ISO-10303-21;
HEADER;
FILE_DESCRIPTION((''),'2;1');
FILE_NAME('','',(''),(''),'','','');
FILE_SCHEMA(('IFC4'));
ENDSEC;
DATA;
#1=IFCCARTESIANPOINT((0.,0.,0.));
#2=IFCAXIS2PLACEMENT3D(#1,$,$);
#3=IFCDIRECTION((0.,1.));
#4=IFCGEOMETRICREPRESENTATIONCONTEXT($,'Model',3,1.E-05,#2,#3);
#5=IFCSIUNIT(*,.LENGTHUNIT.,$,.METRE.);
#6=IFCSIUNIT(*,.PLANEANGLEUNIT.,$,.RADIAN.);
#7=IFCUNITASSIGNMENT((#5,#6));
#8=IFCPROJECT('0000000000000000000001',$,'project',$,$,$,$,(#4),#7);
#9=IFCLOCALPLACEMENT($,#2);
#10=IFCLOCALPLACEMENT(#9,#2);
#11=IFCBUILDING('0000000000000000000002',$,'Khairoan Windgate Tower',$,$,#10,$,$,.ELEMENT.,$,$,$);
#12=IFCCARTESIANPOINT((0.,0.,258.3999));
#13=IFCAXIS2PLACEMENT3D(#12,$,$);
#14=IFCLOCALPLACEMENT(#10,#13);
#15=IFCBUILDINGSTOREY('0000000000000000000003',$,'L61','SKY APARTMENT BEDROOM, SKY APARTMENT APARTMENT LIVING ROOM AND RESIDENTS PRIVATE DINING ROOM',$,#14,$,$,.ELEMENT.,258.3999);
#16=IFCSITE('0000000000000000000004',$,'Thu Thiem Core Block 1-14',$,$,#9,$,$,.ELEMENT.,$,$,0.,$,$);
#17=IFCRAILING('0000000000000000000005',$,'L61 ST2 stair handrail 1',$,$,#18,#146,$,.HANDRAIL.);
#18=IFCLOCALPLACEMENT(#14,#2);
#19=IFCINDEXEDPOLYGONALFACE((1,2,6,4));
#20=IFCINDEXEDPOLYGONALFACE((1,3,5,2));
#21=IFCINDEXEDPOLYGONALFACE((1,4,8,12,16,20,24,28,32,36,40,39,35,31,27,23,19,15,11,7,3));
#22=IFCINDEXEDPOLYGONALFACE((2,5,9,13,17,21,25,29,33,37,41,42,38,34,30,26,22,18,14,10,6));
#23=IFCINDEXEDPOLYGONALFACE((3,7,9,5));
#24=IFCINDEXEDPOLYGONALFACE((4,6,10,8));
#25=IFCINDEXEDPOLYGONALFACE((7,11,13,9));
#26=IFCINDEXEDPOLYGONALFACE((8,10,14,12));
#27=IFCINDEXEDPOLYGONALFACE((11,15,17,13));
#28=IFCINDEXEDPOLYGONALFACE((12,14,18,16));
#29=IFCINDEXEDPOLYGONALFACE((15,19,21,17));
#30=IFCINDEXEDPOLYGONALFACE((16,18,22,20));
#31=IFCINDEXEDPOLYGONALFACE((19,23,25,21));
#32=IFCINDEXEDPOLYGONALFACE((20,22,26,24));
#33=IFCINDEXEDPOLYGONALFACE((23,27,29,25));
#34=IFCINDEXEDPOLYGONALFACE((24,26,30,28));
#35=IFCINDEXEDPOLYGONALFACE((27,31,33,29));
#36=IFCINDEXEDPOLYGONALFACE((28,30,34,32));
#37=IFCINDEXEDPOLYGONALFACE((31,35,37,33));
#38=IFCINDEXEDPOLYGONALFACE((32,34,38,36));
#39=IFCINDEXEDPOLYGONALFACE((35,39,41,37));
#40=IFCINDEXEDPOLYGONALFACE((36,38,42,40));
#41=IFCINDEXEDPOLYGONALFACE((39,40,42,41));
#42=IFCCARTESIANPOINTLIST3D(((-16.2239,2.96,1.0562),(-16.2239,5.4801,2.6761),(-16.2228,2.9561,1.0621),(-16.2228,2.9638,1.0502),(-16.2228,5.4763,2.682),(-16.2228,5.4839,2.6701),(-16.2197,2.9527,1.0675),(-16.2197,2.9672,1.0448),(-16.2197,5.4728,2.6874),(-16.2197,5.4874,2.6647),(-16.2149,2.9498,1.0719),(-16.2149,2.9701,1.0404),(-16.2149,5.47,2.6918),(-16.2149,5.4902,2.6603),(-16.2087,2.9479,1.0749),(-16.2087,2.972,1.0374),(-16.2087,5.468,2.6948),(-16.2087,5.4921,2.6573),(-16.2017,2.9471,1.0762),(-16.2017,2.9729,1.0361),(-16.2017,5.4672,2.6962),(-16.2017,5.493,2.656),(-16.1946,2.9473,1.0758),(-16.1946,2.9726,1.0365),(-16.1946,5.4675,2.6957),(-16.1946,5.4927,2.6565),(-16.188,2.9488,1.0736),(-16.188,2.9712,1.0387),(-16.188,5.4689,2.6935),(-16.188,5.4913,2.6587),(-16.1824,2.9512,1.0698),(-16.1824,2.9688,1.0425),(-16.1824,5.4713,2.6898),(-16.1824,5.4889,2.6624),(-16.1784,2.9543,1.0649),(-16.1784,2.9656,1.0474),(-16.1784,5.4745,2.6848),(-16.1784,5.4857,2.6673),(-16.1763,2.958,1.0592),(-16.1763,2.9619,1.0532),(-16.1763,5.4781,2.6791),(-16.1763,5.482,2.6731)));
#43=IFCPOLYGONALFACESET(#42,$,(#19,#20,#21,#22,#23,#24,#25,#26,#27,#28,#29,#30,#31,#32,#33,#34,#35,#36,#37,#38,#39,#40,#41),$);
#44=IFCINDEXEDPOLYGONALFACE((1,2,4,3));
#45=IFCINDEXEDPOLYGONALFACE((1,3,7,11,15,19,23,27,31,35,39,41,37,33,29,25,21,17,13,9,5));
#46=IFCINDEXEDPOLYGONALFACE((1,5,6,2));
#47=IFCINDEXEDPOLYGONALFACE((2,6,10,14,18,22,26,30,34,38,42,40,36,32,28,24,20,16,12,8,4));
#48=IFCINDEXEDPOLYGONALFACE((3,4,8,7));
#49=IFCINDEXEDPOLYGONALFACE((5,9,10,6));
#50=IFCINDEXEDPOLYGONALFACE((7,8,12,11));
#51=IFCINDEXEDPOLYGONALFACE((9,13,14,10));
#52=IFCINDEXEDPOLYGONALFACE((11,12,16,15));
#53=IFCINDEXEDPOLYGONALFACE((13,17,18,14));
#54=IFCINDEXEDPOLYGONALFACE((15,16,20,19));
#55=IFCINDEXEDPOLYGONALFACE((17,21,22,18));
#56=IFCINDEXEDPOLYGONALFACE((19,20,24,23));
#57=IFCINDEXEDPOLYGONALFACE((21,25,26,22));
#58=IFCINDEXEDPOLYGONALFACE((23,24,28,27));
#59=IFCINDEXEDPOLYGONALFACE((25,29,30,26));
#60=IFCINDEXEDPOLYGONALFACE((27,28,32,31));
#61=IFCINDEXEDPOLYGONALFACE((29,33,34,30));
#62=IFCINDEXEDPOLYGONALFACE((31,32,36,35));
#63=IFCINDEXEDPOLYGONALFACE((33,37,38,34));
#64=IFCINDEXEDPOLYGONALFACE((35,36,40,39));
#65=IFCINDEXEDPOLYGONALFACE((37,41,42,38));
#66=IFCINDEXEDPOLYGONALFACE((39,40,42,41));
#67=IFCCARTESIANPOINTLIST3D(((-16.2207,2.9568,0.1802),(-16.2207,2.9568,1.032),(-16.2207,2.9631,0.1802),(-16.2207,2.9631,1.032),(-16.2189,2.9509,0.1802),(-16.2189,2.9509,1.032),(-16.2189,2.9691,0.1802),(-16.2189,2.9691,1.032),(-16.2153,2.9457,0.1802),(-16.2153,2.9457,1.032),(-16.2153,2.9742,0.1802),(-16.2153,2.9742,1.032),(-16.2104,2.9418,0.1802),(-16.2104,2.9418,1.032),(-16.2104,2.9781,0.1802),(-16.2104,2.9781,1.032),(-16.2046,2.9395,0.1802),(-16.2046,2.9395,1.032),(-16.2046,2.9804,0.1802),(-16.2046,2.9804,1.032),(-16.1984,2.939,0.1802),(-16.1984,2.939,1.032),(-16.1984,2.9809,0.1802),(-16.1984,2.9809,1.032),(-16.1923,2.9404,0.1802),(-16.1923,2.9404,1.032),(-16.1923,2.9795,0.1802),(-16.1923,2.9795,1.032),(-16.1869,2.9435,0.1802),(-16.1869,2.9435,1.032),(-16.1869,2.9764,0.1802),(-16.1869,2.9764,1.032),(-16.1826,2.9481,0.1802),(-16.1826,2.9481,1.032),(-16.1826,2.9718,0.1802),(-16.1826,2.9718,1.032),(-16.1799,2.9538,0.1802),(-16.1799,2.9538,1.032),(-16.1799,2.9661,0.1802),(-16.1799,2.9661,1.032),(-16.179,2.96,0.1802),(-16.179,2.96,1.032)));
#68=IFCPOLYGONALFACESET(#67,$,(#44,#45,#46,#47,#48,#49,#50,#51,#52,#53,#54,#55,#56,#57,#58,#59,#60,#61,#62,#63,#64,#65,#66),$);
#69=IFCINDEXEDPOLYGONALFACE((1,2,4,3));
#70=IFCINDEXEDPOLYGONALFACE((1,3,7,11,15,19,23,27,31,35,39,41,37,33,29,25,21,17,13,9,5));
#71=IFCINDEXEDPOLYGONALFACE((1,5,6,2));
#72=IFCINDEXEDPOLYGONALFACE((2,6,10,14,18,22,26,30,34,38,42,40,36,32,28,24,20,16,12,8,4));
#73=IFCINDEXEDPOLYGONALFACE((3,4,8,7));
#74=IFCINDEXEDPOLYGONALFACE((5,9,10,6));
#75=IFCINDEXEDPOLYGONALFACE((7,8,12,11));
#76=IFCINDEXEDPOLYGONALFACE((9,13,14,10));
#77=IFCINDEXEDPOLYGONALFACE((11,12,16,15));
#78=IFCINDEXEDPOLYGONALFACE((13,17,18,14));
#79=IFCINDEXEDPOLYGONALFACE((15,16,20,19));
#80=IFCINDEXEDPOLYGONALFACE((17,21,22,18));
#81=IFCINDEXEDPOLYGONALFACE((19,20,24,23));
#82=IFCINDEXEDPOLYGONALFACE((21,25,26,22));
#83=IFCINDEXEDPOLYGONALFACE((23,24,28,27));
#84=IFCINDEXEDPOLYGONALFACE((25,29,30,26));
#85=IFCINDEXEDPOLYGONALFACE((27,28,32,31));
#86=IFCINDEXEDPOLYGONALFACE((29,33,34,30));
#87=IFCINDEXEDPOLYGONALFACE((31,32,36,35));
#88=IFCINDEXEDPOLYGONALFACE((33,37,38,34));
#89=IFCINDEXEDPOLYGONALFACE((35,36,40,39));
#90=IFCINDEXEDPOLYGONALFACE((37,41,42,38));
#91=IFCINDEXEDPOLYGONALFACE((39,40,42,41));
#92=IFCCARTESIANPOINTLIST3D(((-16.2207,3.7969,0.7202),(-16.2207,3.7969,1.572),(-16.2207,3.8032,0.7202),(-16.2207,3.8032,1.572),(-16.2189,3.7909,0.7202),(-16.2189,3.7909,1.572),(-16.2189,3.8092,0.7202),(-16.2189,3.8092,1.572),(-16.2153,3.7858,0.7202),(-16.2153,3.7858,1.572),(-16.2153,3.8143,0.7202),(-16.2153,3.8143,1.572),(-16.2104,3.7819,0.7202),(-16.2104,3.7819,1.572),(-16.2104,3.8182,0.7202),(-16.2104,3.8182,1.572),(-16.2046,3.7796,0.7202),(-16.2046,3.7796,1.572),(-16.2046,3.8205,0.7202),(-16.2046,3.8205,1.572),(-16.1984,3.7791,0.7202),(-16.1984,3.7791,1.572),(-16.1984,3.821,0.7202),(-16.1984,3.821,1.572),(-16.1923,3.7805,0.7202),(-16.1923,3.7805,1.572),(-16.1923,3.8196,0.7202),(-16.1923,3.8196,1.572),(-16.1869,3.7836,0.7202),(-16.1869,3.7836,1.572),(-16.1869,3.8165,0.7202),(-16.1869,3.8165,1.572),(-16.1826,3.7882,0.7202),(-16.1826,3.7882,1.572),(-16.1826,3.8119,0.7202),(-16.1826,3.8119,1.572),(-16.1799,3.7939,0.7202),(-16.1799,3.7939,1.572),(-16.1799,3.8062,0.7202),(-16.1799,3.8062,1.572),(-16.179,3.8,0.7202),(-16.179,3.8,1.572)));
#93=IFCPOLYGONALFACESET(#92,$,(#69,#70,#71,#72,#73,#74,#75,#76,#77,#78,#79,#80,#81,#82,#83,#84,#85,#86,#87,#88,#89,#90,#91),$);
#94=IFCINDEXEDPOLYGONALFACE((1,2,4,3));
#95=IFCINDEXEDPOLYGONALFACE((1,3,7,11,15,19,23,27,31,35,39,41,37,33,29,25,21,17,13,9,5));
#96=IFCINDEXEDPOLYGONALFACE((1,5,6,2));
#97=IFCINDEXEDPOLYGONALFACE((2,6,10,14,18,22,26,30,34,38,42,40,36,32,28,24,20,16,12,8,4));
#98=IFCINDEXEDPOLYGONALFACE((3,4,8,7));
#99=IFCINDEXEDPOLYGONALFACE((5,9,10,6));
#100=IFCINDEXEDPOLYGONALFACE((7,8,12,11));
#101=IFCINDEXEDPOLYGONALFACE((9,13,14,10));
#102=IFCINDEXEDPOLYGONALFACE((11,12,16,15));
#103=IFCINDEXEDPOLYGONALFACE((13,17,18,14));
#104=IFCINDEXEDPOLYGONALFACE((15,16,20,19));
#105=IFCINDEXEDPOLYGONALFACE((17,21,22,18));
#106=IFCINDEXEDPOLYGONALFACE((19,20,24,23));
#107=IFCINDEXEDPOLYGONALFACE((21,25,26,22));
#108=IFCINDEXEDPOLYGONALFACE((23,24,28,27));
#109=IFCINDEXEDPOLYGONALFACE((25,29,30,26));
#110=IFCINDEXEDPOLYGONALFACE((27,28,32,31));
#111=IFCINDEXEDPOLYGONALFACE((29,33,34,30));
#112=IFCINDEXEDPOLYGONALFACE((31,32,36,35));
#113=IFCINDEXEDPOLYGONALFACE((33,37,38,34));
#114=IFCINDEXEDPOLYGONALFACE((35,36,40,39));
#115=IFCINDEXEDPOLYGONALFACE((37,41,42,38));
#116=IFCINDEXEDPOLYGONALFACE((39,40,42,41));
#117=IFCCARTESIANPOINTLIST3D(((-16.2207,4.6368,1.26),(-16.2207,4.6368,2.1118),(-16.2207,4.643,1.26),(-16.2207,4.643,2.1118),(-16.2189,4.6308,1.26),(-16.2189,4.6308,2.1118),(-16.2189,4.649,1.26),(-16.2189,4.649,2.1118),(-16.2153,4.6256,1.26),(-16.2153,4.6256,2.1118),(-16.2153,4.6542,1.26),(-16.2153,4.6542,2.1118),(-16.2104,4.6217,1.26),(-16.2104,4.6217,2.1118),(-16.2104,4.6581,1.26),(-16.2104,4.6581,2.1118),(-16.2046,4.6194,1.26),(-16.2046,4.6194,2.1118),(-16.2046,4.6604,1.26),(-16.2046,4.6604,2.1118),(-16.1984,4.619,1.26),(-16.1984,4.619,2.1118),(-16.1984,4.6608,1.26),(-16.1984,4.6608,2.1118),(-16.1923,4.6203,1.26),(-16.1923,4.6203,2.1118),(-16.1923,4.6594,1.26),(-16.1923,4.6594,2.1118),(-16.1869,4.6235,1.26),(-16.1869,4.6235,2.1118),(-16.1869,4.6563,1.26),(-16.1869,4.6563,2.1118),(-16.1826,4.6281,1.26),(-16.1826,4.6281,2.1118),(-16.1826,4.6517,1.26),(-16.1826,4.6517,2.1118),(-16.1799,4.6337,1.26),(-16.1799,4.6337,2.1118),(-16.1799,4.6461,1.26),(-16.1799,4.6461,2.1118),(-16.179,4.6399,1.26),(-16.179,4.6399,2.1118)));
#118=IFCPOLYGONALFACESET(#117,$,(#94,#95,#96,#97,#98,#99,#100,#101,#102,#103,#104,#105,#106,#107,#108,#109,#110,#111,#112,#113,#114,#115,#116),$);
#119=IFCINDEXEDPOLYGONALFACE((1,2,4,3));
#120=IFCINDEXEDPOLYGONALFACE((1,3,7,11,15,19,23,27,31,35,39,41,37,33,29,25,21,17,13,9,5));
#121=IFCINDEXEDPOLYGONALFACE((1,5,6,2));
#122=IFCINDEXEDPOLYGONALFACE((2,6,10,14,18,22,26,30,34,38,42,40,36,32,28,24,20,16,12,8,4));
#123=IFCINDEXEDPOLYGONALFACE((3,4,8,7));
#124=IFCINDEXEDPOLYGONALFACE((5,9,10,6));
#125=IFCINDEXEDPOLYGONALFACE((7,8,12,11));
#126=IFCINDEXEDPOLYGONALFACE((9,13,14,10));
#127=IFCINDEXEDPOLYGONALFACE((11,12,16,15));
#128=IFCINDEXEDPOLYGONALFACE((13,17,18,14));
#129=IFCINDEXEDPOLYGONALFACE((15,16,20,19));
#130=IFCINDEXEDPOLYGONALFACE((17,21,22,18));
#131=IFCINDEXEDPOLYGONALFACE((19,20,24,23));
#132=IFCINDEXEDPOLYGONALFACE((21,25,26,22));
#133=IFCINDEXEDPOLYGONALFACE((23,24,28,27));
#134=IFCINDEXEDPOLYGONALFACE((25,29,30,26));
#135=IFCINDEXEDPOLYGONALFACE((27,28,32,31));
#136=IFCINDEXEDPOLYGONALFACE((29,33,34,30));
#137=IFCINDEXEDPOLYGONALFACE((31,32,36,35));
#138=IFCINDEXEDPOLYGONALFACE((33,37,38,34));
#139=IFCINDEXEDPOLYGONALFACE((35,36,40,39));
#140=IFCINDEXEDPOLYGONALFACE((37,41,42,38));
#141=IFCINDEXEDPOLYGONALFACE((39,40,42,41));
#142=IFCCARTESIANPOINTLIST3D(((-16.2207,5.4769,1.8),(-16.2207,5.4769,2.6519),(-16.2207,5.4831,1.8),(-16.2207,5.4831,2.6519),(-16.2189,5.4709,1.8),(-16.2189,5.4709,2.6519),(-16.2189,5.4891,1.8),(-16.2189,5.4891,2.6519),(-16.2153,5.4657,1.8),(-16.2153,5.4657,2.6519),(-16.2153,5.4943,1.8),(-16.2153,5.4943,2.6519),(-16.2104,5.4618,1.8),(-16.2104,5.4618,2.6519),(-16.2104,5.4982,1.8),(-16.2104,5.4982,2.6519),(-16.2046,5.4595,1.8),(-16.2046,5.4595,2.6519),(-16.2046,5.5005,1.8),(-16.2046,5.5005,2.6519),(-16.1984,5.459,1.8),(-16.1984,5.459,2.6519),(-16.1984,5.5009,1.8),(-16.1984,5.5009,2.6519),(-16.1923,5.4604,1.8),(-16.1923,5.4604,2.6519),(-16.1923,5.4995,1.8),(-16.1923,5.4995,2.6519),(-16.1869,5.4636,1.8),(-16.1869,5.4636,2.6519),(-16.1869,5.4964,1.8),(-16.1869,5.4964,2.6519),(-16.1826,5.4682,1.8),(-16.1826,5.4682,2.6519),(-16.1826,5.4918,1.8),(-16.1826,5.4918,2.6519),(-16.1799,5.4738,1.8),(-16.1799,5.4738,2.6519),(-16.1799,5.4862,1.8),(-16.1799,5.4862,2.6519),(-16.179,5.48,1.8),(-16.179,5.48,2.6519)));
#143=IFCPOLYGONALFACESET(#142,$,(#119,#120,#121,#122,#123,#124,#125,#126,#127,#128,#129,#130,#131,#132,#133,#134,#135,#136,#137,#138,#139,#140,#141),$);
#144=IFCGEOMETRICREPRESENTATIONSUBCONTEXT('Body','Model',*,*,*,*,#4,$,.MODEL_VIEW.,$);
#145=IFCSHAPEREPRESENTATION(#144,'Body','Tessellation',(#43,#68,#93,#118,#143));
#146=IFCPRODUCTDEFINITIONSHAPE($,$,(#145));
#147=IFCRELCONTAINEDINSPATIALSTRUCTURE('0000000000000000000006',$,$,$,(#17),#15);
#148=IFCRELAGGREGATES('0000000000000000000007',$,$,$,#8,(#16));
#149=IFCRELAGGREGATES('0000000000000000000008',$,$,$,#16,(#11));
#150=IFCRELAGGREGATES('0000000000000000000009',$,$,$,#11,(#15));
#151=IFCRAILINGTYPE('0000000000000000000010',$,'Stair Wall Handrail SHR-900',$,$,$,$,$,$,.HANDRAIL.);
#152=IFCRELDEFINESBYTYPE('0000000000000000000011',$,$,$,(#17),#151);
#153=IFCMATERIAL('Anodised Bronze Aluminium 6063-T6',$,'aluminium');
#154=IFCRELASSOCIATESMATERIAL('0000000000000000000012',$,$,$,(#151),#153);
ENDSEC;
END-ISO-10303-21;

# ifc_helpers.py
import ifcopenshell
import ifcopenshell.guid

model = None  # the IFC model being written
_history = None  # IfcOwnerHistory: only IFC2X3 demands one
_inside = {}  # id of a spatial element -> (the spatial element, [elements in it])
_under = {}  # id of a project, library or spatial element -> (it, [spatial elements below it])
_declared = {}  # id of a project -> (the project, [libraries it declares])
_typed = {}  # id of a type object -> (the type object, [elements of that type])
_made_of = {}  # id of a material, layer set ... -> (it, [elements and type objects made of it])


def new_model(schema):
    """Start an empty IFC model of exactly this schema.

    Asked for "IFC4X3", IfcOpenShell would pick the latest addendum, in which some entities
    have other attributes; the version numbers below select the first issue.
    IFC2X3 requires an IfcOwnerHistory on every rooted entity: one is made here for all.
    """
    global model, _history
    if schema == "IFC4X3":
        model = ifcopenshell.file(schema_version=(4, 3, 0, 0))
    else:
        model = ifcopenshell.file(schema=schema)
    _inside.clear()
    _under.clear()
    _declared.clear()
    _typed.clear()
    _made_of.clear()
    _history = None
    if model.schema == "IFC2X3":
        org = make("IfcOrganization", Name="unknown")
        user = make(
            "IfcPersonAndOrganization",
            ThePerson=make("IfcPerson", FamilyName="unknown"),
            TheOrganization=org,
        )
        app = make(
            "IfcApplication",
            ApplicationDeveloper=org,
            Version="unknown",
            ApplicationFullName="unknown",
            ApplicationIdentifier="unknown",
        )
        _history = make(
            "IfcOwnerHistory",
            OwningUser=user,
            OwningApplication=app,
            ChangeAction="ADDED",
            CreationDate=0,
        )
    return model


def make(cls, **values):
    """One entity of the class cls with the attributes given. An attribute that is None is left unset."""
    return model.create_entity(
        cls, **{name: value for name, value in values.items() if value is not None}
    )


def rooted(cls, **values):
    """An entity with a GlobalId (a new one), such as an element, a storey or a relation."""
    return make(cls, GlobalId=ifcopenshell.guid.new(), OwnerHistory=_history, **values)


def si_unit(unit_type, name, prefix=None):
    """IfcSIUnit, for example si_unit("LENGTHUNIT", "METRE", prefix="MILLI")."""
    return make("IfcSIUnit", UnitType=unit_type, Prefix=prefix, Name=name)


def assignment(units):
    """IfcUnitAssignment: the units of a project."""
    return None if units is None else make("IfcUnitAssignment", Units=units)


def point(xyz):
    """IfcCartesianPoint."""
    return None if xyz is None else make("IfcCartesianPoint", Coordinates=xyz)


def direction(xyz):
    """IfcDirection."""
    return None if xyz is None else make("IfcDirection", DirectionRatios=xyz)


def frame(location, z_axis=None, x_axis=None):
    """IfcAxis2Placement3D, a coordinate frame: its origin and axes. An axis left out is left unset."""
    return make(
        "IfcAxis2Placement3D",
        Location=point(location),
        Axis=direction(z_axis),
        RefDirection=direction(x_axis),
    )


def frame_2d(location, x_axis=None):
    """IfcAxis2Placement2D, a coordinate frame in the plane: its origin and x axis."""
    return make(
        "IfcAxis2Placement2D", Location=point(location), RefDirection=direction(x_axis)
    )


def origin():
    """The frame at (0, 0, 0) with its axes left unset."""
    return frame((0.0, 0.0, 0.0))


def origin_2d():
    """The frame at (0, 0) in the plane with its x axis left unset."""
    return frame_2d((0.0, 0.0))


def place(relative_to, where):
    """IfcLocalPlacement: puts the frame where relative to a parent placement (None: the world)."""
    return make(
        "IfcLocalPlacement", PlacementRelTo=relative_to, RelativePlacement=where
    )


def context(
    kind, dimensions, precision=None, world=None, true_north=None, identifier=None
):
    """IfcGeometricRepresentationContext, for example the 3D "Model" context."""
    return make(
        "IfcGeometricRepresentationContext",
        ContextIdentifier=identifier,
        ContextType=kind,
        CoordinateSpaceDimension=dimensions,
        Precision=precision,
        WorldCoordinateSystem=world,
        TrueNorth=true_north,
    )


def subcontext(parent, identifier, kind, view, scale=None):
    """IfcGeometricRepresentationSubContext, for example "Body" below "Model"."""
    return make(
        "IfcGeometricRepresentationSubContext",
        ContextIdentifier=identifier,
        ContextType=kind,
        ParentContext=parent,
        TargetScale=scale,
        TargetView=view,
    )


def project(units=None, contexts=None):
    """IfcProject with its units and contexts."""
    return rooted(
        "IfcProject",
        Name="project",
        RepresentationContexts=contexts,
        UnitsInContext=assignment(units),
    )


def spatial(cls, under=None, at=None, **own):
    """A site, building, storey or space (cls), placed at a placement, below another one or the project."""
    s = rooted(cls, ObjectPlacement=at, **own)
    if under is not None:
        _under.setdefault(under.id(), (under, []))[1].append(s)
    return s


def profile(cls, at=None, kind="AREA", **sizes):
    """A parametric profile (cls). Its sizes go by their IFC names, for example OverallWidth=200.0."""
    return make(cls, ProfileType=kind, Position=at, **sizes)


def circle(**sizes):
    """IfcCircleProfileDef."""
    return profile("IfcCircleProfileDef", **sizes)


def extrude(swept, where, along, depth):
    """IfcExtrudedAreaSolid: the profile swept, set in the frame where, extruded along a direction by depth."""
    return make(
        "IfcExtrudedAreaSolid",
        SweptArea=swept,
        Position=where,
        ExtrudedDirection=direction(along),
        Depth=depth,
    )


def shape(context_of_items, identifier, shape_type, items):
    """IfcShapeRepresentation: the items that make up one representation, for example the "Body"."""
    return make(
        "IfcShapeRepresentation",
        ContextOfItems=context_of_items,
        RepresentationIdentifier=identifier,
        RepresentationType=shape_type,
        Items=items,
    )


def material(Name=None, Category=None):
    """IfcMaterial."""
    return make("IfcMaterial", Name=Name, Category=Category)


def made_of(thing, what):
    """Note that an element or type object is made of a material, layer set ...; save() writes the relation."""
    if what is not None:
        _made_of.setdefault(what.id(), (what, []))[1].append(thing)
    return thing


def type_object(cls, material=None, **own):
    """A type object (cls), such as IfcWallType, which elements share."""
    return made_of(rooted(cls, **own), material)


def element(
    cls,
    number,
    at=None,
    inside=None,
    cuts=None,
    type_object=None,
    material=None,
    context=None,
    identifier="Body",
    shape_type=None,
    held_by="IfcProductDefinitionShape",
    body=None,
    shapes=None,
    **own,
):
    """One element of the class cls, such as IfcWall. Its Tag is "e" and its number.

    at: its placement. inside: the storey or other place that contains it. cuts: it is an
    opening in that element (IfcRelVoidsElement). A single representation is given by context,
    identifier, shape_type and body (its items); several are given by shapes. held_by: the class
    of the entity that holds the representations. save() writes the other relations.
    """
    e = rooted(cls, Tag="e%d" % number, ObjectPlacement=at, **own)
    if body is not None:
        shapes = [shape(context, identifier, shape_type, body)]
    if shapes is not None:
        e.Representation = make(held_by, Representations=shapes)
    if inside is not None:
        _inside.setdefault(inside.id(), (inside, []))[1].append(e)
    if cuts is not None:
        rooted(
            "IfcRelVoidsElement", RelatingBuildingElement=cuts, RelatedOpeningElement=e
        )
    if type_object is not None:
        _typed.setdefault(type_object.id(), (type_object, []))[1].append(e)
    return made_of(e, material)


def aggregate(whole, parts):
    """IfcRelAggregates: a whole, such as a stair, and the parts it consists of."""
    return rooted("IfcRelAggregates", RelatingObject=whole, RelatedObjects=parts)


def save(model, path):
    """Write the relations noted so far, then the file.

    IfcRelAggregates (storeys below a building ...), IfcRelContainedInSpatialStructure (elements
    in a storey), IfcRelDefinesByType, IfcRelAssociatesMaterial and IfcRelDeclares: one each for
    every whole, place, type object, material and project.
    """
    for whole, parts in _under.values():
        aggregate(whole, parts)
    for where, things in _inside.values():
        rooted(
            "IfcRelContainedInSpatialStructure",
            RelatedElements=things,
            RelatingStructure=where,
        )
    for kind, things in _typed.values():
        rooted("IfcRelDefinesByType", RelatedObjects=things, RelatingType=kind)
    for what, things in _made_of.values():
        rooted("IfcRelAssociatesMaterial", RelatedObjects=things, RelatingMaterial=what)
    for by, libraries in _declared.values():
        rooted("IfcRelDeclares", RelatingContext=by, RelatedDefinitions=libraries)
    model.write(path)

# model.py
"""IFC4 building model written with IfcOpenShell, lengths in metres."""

from ifc_helpers import new_model, si_unit, direction, frame, origin, origin_2d, place, context, subcontext, project, spatial, circle, extrude, material, type_object, element, save


model = new_model("IFC4")

# Units and contexts
model_context = context("Model", 3, precision=1e-05, world=origin(), true_north=direction((0.0, 1.0)))
body_context = subcontext(model_context, "Body", "Model", "MODEL_VIEW")
ifc_project = project(units=[si_unit("LENGTHUNIT", "METRE"), si_unit("PLANEANGLEUNIT", "RADIAN")], contexts=[model_context])

# Site, building, storey
site_placement = place(None, origin())
site = spatial("IfcSite", under=ifc_project, at=site_placement, Name="Thu Thiem Core Block 1-14", CompositionType="ELEMENT", RefElevation=0.0)
building_placement = place(site_placement, origin())
building = spatial("IfcBuilding", under=site, at=building_placement, Name="Khairoan Windgate Tower", CompositionType="ELEMENT")
storey_placement = place(building_placement, frame((0.0, 0.0, 258.3999)))
storey = spatial("IfcBuildingStorey", under=building, at=storey_placement, Name="L61", Description="SKY APARTMENT BEDROOM, SKY APARTMENT APARTMENT LIVING ROOM AND RESIDENTS PRIVATE DINING ROOM", CompositionType="ELEMENT", Elevation=258.3999)

# Railing
ifc_material_1 = material(Name="Anodised Bronze Aluminium 6063-T6", Category="aluminium")
railing_type_1 = type_object("IfcRailingType", Name="Stair Wall Handrail SHR-900", PredefinedType="HANDRAIL", material=ifc_material_1)
railing_1_placement = place(storey_placement, frame((-16.2, 2.96, 0.1802)))
element("IfcRailing", 1, at=railing_1_placement, inside=storey, type_object=railing_type_1, Name="L61 ST2 stair handrail 1", PredefinedType="HANDRAIL", context=body_context, shape_type="SweptSolid", body=[
    extrude(circle(Radius=0.0239, at=origin_2d()), frame((0.0, 0.0, 0.876), z_axis=(0.0, 0.8412, 0.540725), x_axis=(-1.0, 0.0, 0.0)), (0.0, 0.0, 1.0), 2.9958),
    extrude(circle(Radius=0.021, at=origin_2d()), origin(), (0.0, 0.0, 1.0), 0.8518),
    extrude(circle(Radius=0.021, at=origin_2d()), frame((0.0, 0.8401, 0.54)), (0.0, 0.0, 1.0), 0.8518),
    extrude(circle(Radius=0.021, at=origin_2d()), frame((0.0, 1.6799, 1.0798)), (0.0, 0.0, 1.0), 0.8518),
    extrude(circle(Radius=0.021, at=origin_2d()), frame((0.0, 2.52, 1.6199)), (0.0, 0.0, 1.0), 0.8518),
])

save(model, "model.ifc")
